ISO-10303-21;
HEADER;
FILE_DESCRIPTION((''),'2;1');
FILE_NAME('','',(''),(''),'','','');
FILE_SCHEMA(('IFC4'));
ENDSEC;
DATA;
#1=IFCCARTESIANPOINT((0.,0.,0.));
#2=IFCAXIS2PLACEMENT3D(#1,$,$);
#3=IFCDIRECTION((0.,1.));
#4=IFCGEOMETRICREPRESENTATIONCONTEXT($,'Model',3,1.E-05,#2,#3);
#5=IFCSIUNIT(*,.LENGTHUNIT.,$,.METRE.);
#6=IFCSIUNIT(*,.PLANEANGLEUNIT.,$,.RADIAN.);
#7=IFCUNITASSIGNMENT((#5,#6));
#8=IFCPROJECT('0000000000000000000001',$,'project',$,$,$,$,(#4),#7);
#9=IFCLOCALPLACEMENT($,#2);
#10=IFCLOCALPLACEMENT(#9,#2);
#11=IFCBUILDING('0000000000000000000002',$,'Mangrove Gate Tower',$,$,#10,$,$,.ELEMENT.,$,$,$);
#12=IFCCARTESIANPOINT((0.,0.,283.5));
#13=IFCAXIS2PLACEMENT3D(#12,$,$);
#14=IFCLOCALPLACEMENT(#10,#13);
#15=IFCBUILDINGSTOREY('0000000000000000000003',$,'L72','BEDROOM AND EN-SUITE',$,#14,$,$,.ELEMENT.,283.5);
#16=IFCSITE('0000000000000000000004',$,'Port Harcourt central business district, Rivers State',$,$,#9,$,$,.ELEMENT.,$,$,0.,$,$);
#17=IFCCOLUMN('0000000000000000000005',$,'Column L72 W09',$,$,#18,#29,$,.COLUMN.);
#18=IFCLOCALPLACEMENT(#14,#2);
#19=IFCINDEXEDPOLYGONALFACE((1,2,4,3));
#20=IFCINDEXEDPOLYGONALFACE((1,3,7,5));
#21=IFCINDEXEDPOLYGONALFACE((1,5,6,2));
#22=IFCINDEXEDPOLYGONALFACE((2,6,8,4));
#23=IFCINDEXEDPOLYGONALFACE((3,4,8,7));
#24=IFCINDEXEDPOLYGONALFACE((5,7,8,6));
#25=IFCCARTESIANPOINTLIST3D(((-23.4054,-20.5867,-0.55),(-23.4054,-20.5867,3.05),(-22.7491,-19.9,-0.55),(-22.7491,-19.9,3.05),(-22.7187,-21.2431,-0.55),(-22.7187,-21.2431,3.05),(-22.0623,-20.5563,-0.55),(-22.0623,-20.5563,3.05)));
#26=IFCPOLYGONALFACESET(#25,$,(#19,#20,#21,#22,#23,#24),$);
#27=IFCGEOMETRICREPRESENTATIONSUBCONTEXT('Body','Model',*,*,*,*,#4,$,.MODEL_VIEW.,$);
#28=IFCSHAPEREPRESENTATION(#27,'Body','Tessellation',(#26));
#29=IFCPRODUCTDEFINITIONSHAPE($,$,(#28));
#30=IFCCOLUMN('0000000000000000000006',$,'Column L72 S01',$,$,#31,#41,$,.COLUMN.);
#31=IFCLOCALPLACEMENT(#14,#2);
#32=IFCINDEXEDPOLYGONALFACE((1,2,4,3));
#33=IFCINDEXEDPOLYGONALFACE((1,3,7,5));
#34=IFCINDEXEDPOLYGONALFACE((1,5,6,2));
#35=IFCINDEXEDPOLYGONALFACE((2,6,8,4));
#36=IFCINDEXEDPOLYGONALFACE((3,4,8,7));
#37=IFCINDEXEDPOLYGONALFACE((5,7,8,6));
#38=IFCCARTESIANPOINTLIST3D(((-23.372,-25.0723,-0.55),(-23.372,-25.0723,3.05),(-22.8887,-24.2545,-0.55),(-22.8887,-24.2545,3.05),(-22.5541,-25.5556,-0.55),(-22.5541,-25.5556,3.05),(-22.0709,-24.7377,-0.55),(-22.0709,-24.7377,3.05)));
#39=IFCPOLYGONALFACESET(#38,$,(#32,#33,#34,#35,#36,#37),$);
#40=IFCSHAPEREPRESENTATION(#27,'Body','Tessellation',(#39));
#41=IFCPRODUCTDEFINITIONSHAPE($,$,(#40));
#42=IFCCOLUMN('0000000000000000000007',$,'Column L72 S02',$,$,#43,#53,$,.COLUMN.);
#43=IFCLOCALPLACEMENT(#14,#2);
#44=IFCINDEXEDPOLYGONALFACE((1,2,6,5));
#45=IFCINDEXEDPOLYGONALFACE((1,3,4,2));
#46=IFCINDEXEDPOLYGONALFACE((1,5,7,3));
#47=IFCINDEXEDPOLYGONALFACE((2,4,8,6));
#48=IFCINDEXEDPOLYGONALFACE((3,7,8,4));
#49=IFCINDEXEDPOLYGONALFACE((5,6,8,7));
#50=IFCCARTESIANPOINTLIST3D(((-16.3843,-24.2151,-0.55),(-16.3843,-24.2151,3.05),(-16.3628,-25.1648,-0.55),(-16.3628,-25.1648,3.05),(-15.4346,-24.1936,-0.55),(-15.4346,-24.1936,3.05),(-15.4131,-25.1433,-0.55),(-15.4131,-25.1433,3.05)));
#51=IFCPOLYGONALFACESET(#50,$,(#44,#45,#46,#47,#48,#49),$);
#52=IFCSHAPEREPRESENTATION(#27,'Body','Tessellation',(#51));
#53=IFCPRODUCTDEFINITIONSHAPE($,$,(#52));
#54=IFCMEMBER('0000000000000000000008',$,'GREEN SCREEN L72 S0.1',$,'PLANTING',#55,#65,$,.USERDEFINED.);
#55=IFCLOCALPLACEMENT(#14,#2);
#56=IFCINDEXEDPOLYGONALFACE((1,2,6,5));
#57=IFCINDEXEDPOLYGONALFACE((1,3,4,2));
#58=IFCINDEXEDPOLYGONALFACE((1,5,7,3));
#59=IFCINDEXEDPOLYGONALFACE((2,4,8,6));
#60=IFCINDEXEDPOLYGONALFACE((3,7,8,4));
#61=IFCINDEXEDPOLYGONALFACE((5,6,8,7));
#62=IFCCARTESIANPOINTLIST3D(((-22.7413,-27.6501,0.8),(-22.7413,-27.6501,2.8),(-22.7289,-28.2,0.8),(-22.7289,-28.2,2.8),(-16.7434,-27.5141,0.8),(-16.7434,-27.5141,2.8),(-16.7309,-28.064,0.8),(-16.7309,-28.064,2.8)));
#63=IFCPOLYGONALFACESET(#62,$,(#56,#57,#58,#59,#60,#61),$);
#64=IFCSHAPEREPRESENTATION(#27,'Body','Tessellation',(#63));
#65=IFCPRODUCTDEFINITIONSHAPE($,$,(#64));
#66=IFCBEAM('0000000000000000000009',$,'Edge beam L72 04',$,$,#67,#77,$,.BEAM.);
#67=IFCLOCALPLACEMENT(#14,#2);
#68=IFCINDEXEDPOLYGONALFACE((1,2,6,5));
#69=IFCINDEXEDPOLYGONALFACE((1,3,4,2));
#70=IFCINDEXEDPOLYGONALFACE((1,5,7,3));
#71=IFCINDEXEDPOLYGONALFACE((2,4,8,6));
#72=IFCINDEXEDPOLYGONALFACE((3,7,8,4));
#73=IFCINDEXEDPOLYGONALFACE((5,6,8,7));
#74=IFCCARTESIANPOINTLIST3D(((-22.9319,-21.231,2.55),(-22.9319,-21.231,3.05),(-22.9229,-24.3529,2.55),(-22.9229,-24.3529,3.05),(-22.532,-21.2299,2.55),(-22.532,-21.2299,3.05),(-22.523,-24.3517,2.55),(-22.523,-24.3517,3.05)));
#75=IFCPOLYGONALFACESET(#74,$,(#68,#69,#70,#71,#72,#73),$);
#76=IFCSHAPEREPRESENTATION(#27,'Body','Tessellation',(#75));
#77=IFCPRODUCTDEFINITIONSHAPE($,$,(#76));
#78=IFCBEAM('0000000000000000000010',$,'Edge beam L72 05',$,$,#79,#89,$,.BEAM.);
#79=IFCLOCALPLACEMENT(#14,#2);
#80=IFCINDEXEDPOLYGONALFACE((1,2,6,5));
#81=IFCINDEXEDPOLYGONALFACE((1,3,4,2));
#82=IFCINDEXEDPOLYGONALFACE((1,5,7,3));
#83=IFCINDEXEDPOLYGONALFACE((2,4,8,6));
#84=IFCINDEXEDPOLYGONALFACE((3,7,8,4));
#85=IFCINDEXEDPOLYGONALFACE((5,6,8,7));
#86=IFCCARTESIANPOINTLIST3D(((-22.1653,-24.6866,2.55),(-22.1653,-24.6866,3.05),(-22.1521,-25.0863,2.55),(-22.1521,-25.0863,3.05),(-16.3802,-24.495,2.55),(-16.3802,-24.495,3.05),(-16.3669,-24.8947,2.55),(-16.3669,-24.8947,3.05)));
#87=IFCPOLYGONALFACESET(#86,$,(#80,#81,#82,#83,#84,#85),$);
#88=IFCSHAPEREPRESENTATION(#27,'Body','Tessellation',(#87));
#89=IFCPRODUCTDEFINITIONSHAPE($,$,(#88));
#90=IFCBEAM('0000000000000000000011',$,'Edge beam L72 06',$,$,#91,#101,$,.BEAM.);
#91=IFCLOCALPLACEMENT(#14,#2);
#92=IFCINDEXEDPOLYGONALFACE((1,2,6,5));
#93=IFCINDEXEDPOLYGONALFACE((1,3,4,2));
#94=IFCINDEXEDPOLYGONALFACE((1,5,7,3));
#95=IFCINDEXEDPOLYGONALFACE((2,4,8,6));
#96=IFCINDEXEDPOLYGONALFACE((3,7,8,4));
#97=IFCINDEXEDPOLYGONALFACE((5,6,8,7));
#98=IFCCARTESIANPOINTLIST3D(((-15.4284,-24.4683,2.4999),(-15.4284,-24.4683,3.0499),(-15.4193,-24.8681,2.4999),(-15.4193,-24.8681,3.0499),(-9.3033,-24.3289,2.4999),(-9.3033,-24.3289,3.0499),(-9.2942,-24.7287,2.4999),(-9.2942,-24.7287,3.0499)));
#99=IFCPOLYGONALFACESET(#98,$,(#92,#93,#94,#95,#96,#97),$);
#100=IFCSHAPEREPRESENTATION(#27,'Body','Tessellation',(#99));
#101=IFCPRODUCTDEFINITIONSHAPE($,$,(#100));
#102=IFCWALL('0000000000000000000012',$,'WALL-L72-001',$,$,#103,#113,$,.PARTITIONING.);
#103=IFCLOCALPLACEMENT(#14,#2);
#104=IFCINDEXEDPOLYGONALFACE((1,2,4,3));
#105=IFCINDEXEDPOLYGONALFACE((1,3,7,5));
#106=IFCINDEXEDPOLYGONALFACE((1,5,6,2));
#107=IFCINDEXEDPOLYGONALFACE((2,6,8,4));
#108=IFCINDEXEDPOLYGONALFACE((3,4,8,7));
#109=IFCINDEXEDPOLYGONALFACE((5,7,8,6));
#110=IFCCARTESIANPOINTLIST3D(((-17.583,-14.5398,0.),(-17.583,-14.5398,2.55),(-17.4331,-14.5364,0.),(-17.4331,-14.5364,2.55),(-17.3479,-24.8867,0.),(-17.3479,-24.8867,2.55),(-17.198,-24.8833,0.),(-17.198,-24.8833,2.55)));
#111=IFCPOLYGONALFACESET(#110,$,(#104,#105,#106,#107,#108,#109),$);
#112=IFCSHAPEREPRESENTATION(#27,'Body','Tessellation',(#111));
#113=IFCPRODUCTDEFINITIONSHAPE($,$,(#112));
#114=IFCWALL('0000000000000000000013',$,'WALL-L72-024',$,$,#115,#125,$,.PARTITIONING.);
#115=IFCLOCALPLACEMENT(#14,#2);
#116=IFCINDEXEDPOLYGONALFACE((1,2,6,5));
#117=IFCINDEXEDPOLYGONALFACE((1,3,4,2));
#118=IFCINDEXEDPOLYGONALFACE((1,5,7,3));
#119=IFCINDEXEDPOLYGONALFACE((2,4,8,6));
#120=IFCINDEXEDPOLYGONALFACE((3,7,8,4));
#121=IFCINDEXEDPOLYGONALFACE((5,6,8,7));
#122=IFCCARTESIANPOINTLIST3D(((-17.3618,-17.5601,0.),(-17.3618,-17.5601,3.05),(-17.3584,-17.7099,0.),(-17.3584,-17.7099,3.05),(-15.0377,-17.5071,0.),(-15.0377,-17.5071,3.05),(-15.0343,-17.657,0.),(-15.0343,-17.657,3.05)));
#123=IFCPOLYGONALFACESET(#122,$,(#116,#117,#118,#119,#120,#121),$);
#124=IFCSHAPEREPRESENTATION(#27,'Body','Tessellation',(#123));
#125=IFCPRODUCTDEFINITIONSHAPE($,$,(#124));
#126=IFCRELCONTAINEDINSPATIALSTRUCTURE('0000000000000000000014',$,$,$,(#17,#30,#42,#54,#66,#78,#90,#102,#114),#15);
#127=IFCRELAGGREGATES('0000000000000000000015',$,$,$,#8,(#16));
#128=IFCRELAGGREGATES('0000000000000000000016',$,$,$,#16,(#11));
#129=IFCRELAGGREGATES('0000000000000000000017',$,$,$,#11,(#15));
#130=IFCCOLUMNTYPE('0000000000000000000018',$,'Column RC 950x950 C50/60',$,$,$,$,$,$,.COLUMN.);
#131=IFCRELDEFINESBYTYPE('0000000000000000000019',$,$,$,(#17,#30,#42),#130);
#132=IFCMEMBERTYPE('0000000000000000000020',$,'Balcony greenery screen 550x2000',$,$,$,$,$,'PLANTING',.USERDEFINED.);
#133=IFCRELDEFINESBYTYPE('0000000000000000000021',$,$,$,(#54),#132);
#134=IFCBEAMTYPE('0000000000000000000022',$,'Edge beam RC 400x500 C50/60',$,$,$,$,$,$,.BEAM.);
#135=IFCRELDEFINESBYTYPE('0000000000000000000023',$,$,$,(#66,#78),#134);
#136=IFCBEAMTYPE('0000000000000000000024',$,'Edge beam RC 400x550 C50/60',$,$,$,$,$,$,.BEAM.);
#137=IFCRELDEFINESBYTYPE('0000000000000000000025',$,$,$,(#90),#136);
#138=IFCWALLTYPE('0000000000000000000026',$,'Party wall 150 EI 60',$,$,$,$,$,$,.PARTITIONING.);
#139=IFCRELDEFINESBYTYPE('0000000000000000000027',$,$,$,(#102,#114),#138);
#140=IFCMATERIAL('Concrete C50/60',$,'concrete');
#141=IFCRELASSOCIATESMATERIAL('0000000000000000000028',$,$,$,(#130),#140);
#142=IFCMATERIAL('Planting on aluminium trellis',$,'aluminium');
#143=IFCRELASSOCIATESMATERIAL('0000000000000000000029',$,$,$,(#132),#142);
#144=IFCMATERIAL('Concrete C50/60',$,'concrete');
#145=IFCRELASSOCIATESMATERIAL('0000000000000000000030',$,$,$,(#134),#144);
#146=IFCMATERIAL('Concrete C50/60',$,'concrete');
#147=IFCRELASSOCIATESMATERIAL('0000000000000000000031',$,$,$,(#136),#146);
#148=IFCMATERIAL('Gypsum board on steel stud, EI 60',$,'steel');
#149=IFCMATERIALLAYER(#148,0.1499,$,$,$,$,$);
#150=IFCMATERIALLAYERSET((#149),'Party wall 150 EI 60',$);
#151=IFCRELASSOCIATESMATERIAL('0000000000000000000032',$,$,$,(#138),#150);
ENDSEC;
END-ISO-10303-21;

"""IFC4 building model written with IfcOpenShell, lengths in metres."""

from ifc_helpers import new_model, si_unit, direction, frame, frame_2d, origin, origin_2d, place, context, subcontext, project, spatial, rectangle, extrude, material, layer, layer_set, material_profile, profile_set, type_object, element, save


model = new_model("IFC4")

# Units and contexts
model_context = context("Model", 3, precision=1e-05, world=origin(), true_north=direction((0.0, 1.0)))
body_context = subcontext(model_context, "Body", "Model", "MODEL_VIEW")
ifc_project = project(units=[si_unit("LENGTHUNIT", "METRE"), si_unit("PLANEANGLEUNIT", "RADIAN")], contexts=[model_context])

# Site, building, storey
site_placement = place(None, origin())
site = spatial("IfcSite", under=ifc_project, at=site_placement, Name="Port Harcourt central business district, Rivers State", CompositionType="ELEMENT", RefElevation=0.0)
building_placement = place(site_placement, origin())
building = spatial("IfcBuilding", under=site, at=building_placement, Name="Mangrove Gate Tower", CompositionType="ELEMENT")
storey_placement = place(building_placement, frame((0.0, 0.0, 283.5)))
storey = spatial("IfcBuildingStorey", under=building, at=storey_placement, Name="L72", Description="BEDROOM AND EN-SUITE", CompositionType="ELEMENT", Elevation=283.5)

# Columns
ifc_material_1 = material(Name="Concrete C50/60", Category="concrete")
ifc_material_profile_1 = material_profile(ifc_material_1, rectangle(XDim=0.95, YDim=0.95, at=origin_2d()))
ifc_profile_set_1 = profile_set([ifc_material_profile_1], Name="Concrete C50/60")
column_type = type_object("IfcColumnType", Name="Column RC 950x950 C50/60", PredefinedType="COLUMN", material=ifc_profile_set_1)
for number, where, z_axis, x_axis, name in (
    (1, (-22.7339, -20.5715, -0.55), (0.0, 0.0, 1.0), (0.722918, -0.690934, 0.0), "Column L72 W09"),
    (2, (-22.7214, -24.905, -0.55), (0.0, 0.0, 1.0), (0.860936, -0.508713, 0.0), "Column L72 S01"),
    (3, (-15.8987, -24.6792, -0.55), (0.0, 0.0, 1.0), (0.999743, 0.02268, 0.0), "Column L72 S02"),
):
    element("IfcColumn", number, at=place(storey_placement, frame(where, z_axis=z_axis, x_axis=x_axis)), inside=storey, type_object=column_type, Name=name, PredefinedType="COLUMN", context=body_context, shape_type="SweptSolid", body=[
        extrude(rectangle(XDim=0.95, YDim=0.95, at=origin_2d()), origin(), (0.0, 0.0, 1.0), 3.6001),
    ])

# Member
ifc_material_2 = material(Name="Planting on aluminium trellis", Category="aluminium")
ifc_material_profile_2 = material_profile(ifc_material_2, rectangle(XDim=0.55, YDim=2.0, at=origin_2d()))
ifc_profile_set_2 = profile_set([ifc_material_profile_2], Name="Planting on aluminium trellis")
member_type = type_object("IfcMemberType", Name="Balcony greenery screen 550x2000", ElementType="PLANTING", PredefinedType="USERDEFINED", material=ifc_profile_set_2)
member_placement = place(storey_placement, frame((-22.7351, -27.925, 1.8), z_axis=(0.999743, 0.022666, 0.0), x_axis=(-0.022666, 0.999743, 0.0)))
element("IfcMember", 4, at=member_placement, inside=storey, type_object=member_type, Name="GREEN SCREEN L72 S0.1", ObjectType="PLANTING", PredefinedType="USERDEFINED", context=body_context, shape_type="SweptSolid", body=[
    extrude(rectangle(XDim=0.55, YDim=2.0, at=origin_2d()), origin(), (0.0, 0.0, 1.0), 5.9995),
])

# Beams
ifc_material_3 = material(Name="Concrete C50/60", Category="concrete")
ifc_material_profile_3 = material_profile(ifc_material_3, rectangle(XDim=0.3999, YDim=0.5, at=origin_2d()))
ifc_profile_set_3 = profile_set([ifc_material_profile_3], Name="Concrete C50/60")
beam_type_1 = type_object("IfcBeamType", Name="Edge beam RC 400x500 C50/60", PredefinedType="BEAM", material=ifc_profile_set_3)
beam_1_placement = place(storey_placement, frame((-22.7319, -21.2305, 2.8), z_axis=(0.002894, -0.999996, 0.0), x_axis=(0.999996, 0.002894, 0.0)))
element("IfcBeam", 5, at=beam_1_placement, inside=storey, type_object=beam_type_1, Name="Edge beam L72 04", PredefinedType="BEAM", context=body_context, shape_type="SweptSolid", body=[
    extrude(rectangle(XDim=0.3999, YDim=0.5, at=origin_2d()), origin(), (0.0, 0.0, 1.0), 3.1218),
])
beam_2_placement = place(storey_placement, frame((-22.1587, -24.8865, 2.8), z_axis=(0.999452, 0.03311, 0.0), x_axis=(-0.03311, 0.999452, 0.0)))
element("IfcBeam", 6, at=beam_2_placement, inside=storey, type_object=beam_type_1, Name="Edge beam L72 05", PredefinedType="BEAM", context=body_context, shape_type="SweptSolid", body=[
    extrude(rectangle(XDim=0.3999, YDim=0.5, at=origin_2d()), origin(), (0.0, 0.0, 1.0), 5.7883),
])
ifc_material_4 = material(Name="Concrete C50/60", Category="concrete")
ifc_material_profile_4 = material_profile(ifc_material_4, rectangle(XDim=0.3999, YDim=0.55, at=origin_2d()))
ifc_profile_set_4 = profile_set([ifc_material_profile_4], Name="Concrete C50/60")
beam_type_2 = type_object("IfcBeamType", Name="Edge beam RC 400x550 C50/60", PredefinedType="BEAM", material=ifc_profile_set_4)
beam_3_placement = place(storey_placement, frame((-15.4238, -24.6682, 2.7749), z_axis=(0.999741, 0.022753, 0.0), x_axis=(-0.022753, 0.999741, 0.0)))
element("IfcBeam", 7, at=beam_3_placement, inside=storey, type_object=beam_type_2, Name="Edge beam L72 06", PredefinedType="BEAM", context=body_context, shape_type="SweptSolid", body=[
    extrude(rectangle(XDim=0.3999, YDim=0.55, at=origin_2d()), origin(), (0.0, 0.0, 1.0), 6.1267),
])

# Walls
ifc_material_5 = material(Name="Gypsum board on steel stud, EI 60", Category="steel")
ifc_layer = layer(ifc_material_5, 0.1499)
ifc_layer_set = layer_set([ifc_layer], Name="Party wall 150 EI 60")
wall_type = type_object("IfcWallType", Name="Party wall 150 EI 60", PredefinedType="PARTITIONING", material=ifc_layer_set)
wall_1_placement = place(storey_placement, frame((-17.2729, -24.885, 0.0), z_axis=(0.0, 0.0, 1.0), x_axis=(-0.022717, 0.999742, 0.0)))
element("IfcWall", 8, at=wall_1_placement, inside=storey, type_object=wall_type, Name="WALL-L72-001", PredefinedType="PARTITIONING", context=body_context, shape_type="SweptSolid", body=[
    extrude(rectangle(XDim=10.3496, YDim=0.1499, at=frame_2d((5.1748, 0.0))), origin(), (0.0, 0.0, 1.0), 2.55),
])
wall_2_placement = place(storey_placement, frame((-17.3601, -17.635, 0.0), z_axis=(0.0, 0.0, 1.0), x_axis=(0.99974, 0.022788, 0.0)))
element("IfcWall", 9, at=wall_2_placement, inside=storey, type_object=wall_type, Name="WALL-L72-024", PredefinedType="PARTITIONING", context=body_context, shape_type="SweptSolid", body=[
    extrude(rectangle(XDim=2.3247, YDim=0.1499, at=frame_2d((1.1624, 0.0))), origin(), (0.0, 0.0, 1.0), 3.05),
])

save(model, "model.ifc")
